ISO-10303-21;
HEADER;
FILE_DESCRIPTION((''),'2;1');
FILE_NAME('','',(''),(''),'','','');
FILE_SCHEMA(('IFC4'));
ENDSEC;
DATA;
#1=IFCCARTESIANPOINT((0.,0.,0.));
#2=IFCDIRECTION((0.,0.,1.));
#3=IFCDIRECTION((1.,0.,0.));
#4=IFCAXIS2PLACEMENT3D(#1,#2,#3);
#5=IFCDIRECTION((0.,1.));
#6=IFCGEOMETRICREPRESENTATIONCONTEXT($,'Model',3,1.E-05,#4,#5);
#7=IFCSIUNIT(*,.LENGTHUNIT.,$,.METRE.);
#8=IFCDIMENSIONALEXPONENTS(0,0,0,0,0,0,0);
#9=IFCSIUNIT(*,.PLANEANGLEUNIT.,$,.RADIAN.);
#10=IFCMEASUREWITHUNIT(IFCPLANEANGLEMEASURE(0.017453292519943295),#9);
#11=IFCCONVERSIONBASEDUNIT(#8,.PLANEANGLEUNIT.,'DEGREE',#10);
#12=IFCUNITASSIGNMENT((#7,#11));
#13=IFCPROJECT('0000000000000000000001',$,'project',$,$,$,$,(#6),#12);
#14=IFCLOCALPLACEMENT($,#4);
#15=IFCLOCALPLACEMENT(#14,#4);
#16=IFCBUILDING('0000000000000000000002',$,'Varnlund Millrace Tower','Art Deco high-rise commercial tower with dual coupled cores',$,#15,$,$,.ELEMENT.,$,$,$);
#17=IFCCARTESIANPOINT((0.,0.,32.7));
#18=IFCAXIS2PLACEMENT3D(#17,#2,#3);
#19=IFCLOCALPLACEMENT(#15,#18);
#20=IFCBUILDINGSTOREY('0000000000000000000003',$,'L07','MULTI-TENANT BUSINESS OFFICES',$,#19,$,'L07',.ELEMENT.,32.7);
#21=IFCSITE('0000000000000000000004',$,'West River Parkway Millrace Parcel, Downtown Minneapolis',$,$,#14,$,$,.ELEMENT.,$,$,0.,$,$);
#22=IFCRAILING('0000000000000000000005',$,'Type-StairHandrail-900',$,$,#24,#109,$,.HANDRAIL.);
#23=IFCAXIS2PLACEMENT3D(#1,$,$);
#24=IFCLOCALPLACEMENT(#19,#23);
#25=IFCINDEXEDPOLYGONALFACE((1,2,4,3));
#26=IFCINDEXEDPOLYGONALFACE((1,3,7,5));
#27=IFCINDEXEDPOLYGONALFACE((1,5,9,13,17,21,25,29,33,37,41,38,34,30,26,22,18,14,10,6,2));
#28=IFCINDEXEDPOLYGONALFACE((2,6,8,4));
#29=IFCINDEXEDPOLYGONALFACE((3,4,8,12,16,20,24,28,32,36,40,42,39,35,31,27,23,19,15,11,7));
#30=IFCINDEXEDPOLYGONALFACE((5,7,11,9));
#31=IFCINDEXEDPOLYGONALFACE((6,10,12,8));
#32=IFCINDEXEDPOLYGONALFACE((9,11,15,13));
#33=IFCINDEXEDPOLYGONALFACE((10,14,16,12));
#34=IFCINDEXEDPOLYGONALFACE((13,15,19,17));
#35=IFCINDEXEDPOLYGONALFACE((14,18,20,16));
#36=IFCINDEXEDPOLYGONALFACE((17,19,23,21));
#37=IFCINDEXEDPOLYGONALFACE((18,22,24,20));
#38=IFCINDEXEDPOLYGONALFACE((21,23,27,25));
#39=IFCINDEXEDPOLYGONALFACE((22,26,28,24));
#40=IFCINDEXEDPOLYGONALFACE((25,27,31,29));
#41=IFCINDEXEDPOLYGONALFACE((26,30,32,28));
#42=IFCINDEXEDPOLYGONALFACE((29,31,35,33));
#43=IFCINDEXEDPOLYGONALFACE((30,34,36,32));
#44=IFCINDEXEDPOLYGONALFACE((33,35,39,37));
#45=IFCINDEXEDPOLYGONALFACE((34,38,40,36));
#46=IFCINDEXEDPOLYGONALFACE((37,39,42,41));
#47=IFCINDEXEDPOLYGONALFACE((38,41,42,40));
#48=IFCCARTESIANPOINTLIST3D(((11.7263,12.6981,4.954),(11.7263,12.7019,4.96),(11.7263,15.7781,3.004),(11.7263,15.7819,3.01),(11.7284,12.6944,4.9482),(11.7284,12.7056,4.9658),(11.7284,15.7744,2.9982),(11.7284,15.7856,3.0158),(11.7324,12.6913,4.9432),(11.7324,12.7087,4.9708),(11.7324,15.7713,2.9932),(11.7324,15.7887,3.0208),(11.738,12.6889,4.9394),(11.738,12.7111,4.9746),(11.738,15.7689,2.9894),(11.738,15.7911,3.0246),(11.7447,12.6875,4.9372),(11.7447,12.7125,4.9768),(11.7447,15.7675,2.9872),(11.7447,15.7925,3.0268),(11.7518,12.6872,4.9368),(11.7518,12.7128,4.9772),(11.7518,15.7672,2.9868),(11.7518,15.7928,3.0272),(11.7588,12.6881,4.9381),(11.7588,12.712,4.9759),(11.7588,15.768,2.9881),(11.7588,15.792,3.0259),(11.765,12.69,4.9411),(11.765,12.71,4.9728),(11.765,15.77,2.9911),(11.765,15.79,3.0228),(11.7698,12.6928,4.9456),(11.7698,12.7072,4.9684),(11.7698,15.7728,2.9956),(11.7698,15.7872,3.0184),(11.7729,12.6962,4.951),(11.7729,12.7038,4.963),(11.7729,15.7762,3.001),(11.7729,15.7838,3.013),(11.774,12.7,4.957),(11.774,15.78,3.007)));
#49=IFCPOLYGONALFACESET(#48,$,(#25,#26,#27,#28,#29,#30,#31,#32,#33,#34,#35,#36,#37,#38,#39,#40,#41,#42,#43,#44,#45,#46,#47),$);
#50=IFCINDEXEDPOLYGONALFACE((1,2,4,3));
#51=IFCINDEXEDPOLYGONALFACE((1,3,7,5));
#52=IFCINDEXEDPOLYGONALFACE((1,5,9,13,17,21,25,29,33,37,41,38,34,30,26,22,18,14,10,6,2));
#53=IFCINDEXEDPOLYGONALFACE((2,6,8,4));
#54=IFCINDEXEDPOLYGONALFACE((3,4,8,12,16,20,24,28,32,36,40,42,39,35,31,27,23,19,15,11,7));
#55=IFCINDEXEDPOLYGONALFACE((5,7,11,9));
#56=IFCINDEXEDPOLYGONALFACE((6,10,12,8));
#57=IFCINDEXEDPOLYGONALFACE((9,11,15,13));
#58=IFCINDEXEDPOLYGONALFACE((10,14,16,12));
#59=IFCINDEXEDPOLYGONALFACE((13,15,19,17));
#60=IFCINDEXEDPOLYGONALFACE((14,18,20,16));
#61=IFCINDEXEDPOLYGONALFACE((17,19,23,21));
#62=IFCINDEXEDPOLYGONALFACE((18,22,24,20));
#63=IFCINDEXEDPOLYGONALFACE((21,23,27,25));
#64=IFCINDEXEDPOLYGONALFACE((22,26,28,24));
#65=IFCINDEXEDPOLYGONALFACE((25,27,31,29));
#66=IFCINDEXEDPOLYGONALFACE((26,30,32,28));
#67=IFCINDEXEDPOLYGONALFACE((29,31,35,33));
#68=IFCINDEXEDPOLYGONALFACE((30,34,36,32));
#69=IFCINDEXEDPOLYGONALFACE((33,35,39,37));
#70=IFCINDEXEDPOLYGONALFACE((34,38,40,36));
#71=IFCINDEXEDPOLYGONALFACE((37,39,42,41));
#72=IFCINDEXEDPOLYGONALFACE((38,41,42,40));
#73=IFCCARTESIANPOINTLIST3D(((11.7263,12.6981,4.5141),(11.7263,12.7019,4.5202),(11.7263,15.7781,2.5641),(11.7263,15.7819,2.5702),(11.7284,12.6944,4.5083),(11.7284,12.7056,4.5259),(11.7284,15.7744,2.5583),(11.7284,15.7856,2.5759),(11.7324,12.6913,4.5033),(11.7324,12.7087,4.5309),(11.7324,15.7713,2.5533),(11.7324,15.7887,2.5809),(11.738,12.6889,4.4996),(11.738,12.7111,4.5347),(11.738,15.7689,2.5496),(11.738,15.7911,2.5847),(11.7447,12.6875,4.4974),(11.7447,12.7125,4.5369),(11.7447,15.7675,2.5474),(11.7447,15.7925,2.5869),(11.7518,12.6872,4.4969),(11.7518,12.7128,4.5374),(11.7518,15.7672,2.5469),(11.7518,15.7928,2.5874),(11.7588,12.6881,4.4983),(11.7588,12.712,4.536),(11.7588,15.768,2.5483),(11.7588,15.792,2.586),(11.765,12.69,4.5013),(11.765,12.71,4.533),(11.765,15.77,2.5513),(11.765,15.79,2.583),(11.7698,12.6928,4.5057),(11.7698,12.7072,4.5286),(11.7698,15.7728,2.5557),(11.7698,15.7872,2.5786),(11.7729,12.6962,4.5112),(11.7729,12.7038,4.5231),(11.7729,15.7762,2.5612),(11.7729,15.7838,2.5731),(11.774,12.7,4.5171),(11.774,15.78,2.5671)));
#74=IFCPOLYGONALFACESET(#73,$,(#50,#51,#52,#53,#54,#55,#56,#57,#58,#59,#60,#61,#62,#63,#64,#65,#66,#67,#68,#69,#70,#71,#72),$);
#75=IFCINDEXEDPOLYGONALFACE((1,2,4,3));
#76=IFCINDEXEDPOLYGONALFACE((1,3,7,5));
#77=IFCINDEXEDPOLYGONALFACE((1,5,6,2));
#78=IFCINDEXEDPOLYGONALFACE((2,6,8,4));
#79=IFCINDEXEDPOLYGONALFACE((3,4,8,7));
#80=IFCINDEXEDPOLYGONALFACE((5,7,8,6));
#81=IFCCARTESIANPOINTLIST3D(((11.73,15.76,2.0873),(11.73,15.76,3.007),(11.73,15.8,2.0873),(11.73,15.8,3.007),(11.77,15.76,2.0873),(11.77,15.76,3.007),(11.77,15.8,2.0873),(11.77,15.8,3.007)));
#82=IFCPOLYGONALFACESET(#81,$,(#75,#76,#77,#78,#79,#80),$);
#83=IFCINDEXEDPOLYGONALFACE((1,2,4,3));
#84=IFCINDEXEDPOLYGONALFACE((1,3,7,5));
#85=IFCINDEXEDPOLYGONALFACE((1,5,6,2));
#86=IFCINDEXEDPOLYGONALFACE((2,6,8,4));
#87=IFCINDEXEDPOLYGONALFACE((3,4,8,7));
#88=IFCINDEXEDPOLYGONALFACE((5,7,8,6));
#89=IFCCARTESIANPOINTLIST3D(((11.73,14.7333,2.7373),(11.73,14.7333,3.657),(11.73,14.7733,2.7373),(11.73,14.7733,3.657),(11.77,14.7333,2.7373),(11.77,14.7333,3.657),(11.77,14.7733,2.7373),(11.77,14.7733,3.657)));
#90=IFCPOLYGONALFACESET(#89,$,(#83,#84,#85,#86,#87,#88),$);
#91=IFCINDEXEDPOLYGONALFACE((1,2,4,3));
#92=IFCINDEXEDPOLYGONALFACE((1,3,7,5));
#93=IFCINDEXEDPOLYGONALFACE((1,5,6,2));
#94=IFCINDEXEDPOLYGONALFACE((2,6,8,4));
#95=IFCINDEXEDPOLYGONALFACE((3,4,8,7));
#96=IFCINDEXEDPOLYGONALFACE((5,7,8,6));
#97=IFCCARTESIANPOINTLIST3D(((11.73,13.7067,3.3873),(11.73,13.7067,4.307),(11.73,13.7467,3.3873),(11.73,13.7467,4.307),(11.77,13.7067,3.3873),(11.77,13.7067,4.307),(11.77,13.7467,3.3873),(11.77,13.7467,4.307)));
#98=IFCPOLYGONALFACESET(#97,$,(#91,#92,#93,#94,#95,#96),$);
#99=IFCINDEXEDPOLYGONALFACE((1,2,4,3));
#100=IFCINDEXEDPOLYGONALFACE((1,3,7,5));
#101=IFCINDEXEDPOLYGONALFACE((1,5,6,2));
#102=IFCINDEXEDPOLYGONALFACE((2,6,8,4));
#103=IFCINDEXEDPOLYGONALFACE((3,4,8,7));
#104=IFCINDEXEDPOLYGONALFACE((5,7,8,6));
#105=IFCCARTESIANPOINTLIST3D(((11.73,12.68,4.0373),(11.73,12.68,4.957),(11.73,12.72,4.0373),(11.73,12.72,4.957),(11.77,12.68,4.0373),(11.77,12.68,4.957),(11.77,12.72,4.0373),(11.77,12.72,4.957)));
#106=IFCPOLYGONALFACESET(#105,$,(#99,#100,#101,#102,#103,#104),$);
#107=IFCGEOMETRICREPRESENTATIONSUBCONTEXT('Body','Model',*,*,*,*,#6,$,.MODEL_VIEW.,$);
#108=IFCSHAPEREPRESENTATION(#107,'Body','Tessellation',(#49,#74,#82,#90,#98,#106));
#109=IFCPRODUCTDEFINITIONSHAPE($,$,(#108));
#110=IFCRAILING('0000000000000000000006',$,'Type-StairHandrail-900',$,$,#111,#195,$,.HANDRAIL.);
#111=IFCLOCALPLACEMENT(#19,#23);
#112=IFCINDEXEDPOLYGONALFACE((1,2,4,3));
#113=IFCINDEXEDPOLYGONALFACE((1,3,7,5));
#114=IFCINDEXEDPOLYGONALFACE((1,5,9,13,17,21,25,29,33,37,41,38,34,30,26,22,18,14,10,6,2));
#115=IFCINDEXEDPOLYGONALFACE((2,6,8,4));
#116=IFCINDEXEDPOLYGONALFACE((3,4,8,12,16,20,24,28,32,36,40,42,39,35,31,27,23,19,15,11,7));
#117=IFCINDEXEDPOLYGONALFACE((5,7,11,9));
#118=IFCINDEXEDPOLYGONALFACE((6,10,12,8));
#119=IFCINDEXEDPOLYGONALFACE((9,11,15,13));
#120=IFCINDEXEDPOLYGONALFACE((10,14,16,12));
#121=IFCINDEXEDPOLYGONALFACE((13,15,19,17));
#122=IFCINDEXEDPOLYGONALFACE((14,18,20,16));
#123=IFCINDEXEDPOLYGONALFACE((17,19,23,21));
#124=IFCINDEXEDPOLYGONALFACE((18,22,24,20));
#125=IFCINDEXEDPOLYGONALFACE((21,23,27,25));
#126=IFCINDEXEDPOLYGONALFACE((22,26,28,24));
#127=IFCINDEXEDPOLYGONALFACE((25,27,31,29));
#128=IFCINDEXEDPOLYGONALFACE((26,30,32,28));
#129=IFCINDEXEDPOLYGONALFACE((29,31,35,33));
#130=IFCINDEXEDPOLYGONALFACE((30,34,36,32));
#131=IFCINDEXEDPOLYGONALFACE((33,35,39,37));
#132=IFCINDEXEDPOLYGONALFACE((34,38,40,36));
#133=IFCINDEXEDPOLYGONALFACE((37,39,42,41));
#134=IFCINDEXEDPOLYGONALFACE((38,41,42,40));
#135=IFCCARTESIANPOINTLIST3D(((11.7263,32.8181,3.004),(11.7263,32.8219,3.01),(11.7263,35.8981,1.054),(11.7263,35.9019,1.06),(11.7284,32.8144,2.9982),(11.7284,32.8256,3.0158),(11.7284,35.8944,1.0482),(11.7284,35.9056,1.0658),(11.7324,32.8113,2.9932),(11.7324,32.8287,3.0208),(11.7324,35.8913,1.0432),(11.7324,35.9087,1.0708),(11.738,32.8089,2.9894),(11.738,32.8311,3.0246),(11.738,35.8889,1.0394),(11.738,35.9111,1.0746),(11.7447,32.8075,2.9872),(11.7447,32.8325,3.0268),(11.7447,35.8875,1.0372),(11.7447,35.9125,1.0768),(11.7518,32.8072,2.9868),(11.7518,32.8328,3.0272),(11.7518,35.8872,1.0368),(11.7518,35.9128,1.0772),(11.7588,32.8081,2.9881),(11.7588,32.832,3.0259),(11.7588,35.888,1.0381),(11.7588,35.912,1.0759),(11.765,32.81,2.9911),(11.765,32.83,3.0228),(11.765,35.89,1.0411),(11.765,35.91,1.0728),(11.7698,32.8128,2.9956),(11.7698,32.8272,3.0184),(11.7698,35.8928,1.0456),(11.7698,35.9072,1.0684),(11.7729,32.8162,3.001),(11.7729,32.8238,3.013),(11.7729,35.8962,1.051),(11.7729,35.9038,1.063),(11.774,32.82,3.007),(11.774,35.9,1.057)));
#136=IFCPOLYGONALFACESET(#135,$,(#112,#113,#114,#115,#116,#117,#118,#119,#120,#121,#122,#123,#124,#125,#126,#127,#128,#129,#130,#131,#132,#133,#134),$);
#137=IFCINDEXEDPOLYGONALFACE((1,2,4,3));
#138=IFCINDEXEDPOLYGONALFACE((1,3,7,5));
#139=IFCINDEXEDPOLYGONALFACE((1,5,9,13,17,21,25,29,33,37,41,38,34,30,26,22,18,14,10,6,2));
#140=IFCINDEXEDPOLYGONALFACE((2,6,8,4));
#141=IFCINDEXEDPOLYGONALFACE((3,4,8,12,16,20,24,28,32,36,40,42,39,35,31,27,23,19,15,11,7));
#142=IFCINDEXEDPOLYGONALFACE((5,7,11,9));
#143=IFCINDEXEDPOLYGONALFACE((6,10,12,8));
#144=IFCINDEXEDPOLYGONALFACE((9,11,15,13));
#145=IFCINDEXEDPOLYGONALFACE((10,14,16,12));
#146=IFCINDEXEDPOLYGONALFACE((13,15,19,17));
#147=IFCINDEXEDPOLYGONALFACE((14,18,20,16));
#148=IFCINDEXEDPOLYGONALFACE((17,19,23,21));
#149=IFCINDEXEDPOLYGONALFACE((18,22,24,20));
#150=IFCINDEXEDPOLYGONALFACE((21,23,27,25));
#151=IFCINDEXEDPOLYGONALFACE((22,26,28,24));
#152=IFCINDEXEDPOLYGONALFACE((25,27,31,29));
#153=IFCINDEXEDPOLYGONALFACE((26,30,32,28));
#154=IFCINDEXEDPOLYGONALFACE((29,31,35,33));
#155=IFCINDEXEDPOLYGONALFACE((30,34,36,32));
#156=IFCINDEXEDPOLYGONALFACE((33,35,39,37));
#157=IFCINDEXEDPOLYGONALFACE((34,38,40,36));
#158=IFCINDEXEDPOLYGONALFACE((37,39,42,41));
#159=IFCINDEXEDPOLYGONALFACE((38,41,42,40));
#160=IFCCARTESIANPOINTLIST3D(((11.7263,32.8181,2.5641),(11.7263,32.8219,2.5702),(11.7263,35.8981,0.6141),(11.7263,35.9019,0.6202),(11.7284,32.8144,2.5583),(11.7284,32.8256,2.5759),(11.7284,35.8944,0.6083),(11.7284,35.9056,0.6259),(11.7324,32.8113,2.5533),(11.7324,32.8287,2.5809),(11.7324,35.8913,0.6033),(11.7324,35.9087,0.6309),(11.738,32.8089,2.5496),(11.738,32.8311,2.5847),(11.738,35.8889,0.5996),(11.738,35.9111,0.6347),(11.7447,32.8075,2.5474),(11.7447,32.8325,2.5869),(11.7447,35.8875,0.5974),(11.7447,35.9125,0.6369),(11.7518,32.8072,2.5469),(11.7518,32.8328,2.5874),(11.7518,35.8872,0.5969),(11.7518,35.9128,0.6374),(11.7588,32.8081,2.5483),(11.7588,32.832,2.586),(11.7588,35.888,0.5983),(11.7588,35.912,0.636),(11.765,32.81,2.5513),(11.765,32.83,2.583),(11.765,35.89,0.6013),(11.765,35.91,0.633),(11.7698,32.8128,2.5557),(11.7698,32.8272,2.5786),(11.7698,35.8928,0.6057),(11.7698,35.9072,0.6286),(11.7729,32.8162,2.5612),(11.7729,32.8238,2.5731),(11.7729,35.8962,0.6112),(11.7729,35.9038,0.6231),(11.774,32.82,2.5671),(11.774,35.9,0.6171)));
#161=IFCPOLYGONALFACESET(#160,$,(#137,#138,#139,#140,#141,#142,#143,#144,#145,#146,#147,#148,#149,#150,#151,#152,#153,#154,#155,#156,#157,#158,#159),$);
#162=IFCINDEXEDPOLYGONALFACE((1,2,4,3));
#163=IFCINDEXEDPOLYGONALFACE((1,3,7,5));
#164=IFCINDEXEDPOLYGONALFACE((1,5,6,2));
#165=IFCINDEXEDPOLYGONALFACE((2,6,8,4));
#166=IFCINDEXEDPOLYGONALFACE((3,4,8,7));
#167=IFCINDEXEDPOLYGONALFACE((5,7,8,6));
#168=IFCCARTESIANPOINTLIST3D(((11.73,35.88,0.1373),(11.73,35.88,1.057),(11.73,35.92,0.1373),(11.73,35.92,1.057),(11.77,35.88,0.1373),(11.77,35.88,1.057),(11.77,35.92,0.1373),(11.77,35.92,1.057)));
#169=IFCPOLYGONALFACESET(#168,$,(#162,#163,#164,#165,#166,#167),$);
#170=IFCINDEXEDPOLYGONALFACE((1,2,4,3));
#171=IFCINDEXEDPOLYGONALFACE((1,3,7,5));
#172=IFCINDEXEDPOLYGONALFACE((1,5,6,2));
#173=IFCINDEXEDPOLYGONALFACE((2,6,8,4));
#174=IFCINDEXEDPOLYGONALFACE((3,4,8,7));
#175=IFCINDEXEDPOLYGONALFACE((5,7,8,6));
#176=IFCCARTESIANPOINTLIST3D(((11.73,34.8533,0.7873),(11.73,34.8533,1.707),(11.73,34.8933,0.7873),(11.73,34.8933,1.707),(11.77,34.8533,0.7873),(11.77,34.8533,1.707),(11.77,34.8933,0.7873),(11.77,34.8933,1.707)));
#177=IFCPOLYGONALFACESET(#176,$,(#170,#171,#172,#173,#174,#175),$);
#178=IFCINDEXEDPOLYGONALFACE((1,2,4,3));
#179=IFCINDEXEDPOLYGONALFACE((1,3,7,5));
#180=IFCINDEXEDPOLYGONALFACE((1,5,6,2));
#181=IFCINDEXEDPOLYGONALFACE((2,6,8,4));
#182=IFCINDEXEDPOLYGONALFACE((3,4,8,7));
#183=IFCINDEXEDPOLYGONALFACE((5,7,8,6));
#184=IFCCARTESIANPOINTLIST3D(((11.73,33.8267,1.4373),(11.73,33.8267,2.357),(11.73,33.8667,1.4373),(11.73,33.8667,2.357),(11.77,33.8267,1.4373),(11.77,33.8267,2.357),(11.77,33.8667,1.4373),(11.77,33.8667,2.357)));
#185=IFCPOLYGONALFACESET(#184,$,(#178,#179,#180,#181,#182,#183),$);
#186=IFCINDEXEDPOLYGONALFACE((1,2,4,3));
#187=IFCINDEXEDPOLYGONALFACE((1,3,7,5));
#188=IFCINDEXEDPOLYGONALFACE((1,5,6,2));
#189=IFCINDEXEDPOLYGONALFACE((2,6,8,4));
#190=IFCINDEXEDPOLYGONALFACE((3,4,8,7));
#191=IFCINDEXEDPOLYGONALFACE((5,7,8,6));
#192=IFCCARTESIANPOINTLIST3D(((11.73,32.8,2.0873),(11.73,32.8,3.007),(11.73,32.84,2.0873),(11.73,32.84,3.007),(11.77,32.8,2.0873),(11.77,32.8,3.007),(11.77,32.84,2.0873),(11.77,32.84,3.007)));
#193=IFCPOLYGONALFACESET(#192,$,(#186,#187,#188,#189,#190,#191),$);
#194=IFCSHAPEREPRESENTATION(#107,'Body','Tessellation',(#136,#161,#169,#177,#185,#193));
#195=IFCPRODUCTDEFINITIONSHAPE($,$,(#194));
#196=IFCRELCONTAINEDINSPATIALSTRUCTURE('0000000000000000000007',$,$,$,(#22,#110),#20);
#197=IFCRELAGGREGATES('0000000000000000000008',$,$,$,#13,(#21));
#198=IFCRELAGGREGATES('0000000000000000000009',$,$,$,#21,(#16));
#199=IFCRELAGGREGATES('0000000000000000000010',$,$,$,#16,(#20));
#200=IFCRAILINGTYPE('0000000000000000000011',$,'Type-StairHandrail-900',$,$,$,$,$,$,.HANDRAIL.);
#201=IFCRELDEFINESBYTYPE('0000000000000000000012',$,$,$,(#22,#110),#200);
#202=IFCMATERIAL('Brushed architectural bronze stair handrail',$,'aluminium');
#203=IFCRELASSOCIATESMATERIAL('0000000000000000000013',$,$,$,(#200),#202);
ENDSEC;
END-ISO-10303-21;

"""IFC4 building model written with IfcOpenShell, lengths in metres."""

from ifc_helpers import new_model, entity, si_unit, converted_unit, direction, frame, origin_with_axes, origin_2d_with_axis, place, context, subcontext, project, spatial, rectangle, circle, extrude, material, type_object, element, save


model = new_model("IFC4")

# Units and contexts
model_context = context("Model", 3, precision=1e-05, world=origin_with_axes(), true_north=direction((0.0, 1.0)))
body_context = subcontext(model_context, "Body", "Model", "MODEL_VIEW")
ifc_project = project(units=[si_unit("LENGTHUNIT", "METRE"), converted_unit("PLANEANGLEUNIT", "DEGREE", entity("IfcPlaneAngleMeasure", 0.017453292519943295), si_unit("PLANEANGLEUNIT", "RADIAN"), dimensions=[0, 0, 0, 0, 0, 0, 0])], contexts=[model_context])

# Site, building, storey
site_placement = place(None, origin_with_axes())
site = spatial("IfcSite", under=ifc_project, at=site_placement, Name="West River Parkway Millrace Parcel, Downtown Minneapolis", CompositionType="ELEMENT", RefElevation=0.0)
building_placement = place(site_placement, origin_with_axes())
building = spatial("IfcBuilding", under=site, at=building_placement, Name="Varnlund Millrace Tower", Description="Art Deco high-rise commercial tower with dual coupled cores", CompositionType="ELEMENT")
storey_placement = place(building_placement, frame((0.0, 0.0, 32.7), z_axis=(0.0, 0.0, 1.0), x_axis=(1.0, 0.0, 0.0)))
storey = spatial("IfcBuildingStorey", under=building, at=storey_placement, Name="L07", Description="MULTI-TENANT BUSINESS OFFICES", LongName="L07", CompositionType="ELEMENT", Elevation=32.7)

# Railings
ifc_material_1 = material(Name="Brushed architectural bronze stair handrail", Category="aluminium")
railing_type_1 = type_object("IfcRailingType", Name="Type-StairHandrail-900", PredefinedType="HANDRAIL", material=ifc_material_1)
railing_1_placement = place(storey_placement, frame((0.0, 0.0, -32.7), z_axis=(0.0, 0.0, 1.0), x_axis=(1.0, 0.0, 0.0)))
element("IfcRailing", 1, at=railing_1_placement, inside=storey, type_object=railing_type_1, Name="Type-StairHandrail-900", PredefinedType="HANDRAIL", context=body_context, shape_type="SweptSolid", body=[
    extrude(circle(Radius=0.024, at=origin_2d_with_axis()), frame((11.75, 15.78, 35.707), z_axis=(0.0, -0.844902, 0.534922), x_axis=(1.0, 0.0, 0.0)), (0.0, 0.0, 1.0), 3.6454),
    extrude(circle(Radius=0.024, at=origin_2d_with_axis()), frame((11.75, 15.78, 35.2671), z_axis=(0.0, -0.844902, 0.534922), x_axis=(1.0, 0.0, 0.0)), (0.0, 0.0, 1.0), 3.6454),
    extrude(rectangle(XDim=0.04, YDim=0.04, at=origin_2d_with_axis()), frame((11.75, 15.78, 34.7873), z_axis=(0.0, 0.0, 1.0), x_axis=(1.0, 0.0, 0.0)), (0.0, 0.0, 1.0), 0.9197),
    extrude(rectangle(XDim=0.04, YDim=0.04, at=origin_2d_with_axis()), frame((11.75, 14.7533, 35.4373), z_axis=(0.0, 0.0, 1.0), x_axis=(1.0, 0.0, 0.0)), (0.0, 0.0, 1.0), 0.9197),
    extrude(rectangle(XDim=0.04, YDim=0.04, at=origin_2d_with_axis()), frame((11.75, 13.7267, 36.0873), z_axis=(0.0, 0.0, 1.0), x_axis=(1.0, 0.0, 0.0)), (0.0, 0.0, 1.0), 0.9197),
    extrude(rectangle(XDim=0.04, YDim=0.04, at=origin_2d_with_axis()), frame((11.75, 12.7, 36.7373), z_axis=(0.0, 0.0, 1.0), x_axis=(1.0, 0.0, 0.0)), (0.0, 0.0, 1.0), 0.9197),
])
railing_2_placement = place(storey_placement, frame((0.0, 0.0, -32.7), z_axis=(0.0, 0.0, 1.0), x_axis=(1.0, 0.0, 0.0)))
element("IfcRailing", 2, at=railing_2_placement, inside=storey, type_object=railing_type_1, Name="Type-StairHandrail-900", PredefinedType="HANDRAIL", context=body_context, shape_type="SweptSolid", body=[
    extrude(circle(Radius=0.024, at=origin_2d_with_axis()), frame((11.75, 35.9, 33.757), z_axis=(0.0, -0.844902, 0.534922), x_axis=(1.0, 0.0, 0.0)), (0.0, 0.0, 1.0), 3.6454),
    extrude(circle(Radius=0.024, at=origin_2d_with_axis()), frame((11.75, 35.9, 33.3171), z_axis=(0.0, -0.844902, 0.534922), x_axis=(1.0, 0.0, 0.0)), (0.0, 0.0, 1.0), 3.6454),
    extrude(rectangle(XDim=0.04, YDim=0.04, at=origin_2d_with_axis()), frame((11.75, 35.9, 32.8373), z_axis=(0.0, 0.0, 1.0), x_axis=(1.0, 0.0, 0.0)), (0.0, 0.0, 1.0), 0.9197),
    extrude(rectangle(XDim=0.04, YDim=0.04, at=origin_2d_with_axis()), frame((11.75, 34.8733, 33.4873), z_axis=(0.0, 0.0, 1.0), x_axis=(1.0, 0.0, 0.0)), (0.0, 0.0, 1.0), 0.9197),
    extrude(rectangle(XDim=0.04, YDim=0.04, at=origin_2d_with_axis()), frame((11.75, 33.8467, 34.1373), z_axis=(0.0, 0.0, 1.0), x_axis=(1.0, 0.0, 0.0)), (0.0, 0.0, 1.0), 0.9197),
    extrude(rectangle(XDim=0.04, YDim=0.04, at=origin_2d_with_axis()), frame((11.75, 32.82, 34.7873), z_axis=(0.0, 0.0, 1.0), x_axis=(1.0, 0.0, 0.0)), (0.0, 0.0, 1.0), 0.9197),
])

save(model, "model.ifc")
